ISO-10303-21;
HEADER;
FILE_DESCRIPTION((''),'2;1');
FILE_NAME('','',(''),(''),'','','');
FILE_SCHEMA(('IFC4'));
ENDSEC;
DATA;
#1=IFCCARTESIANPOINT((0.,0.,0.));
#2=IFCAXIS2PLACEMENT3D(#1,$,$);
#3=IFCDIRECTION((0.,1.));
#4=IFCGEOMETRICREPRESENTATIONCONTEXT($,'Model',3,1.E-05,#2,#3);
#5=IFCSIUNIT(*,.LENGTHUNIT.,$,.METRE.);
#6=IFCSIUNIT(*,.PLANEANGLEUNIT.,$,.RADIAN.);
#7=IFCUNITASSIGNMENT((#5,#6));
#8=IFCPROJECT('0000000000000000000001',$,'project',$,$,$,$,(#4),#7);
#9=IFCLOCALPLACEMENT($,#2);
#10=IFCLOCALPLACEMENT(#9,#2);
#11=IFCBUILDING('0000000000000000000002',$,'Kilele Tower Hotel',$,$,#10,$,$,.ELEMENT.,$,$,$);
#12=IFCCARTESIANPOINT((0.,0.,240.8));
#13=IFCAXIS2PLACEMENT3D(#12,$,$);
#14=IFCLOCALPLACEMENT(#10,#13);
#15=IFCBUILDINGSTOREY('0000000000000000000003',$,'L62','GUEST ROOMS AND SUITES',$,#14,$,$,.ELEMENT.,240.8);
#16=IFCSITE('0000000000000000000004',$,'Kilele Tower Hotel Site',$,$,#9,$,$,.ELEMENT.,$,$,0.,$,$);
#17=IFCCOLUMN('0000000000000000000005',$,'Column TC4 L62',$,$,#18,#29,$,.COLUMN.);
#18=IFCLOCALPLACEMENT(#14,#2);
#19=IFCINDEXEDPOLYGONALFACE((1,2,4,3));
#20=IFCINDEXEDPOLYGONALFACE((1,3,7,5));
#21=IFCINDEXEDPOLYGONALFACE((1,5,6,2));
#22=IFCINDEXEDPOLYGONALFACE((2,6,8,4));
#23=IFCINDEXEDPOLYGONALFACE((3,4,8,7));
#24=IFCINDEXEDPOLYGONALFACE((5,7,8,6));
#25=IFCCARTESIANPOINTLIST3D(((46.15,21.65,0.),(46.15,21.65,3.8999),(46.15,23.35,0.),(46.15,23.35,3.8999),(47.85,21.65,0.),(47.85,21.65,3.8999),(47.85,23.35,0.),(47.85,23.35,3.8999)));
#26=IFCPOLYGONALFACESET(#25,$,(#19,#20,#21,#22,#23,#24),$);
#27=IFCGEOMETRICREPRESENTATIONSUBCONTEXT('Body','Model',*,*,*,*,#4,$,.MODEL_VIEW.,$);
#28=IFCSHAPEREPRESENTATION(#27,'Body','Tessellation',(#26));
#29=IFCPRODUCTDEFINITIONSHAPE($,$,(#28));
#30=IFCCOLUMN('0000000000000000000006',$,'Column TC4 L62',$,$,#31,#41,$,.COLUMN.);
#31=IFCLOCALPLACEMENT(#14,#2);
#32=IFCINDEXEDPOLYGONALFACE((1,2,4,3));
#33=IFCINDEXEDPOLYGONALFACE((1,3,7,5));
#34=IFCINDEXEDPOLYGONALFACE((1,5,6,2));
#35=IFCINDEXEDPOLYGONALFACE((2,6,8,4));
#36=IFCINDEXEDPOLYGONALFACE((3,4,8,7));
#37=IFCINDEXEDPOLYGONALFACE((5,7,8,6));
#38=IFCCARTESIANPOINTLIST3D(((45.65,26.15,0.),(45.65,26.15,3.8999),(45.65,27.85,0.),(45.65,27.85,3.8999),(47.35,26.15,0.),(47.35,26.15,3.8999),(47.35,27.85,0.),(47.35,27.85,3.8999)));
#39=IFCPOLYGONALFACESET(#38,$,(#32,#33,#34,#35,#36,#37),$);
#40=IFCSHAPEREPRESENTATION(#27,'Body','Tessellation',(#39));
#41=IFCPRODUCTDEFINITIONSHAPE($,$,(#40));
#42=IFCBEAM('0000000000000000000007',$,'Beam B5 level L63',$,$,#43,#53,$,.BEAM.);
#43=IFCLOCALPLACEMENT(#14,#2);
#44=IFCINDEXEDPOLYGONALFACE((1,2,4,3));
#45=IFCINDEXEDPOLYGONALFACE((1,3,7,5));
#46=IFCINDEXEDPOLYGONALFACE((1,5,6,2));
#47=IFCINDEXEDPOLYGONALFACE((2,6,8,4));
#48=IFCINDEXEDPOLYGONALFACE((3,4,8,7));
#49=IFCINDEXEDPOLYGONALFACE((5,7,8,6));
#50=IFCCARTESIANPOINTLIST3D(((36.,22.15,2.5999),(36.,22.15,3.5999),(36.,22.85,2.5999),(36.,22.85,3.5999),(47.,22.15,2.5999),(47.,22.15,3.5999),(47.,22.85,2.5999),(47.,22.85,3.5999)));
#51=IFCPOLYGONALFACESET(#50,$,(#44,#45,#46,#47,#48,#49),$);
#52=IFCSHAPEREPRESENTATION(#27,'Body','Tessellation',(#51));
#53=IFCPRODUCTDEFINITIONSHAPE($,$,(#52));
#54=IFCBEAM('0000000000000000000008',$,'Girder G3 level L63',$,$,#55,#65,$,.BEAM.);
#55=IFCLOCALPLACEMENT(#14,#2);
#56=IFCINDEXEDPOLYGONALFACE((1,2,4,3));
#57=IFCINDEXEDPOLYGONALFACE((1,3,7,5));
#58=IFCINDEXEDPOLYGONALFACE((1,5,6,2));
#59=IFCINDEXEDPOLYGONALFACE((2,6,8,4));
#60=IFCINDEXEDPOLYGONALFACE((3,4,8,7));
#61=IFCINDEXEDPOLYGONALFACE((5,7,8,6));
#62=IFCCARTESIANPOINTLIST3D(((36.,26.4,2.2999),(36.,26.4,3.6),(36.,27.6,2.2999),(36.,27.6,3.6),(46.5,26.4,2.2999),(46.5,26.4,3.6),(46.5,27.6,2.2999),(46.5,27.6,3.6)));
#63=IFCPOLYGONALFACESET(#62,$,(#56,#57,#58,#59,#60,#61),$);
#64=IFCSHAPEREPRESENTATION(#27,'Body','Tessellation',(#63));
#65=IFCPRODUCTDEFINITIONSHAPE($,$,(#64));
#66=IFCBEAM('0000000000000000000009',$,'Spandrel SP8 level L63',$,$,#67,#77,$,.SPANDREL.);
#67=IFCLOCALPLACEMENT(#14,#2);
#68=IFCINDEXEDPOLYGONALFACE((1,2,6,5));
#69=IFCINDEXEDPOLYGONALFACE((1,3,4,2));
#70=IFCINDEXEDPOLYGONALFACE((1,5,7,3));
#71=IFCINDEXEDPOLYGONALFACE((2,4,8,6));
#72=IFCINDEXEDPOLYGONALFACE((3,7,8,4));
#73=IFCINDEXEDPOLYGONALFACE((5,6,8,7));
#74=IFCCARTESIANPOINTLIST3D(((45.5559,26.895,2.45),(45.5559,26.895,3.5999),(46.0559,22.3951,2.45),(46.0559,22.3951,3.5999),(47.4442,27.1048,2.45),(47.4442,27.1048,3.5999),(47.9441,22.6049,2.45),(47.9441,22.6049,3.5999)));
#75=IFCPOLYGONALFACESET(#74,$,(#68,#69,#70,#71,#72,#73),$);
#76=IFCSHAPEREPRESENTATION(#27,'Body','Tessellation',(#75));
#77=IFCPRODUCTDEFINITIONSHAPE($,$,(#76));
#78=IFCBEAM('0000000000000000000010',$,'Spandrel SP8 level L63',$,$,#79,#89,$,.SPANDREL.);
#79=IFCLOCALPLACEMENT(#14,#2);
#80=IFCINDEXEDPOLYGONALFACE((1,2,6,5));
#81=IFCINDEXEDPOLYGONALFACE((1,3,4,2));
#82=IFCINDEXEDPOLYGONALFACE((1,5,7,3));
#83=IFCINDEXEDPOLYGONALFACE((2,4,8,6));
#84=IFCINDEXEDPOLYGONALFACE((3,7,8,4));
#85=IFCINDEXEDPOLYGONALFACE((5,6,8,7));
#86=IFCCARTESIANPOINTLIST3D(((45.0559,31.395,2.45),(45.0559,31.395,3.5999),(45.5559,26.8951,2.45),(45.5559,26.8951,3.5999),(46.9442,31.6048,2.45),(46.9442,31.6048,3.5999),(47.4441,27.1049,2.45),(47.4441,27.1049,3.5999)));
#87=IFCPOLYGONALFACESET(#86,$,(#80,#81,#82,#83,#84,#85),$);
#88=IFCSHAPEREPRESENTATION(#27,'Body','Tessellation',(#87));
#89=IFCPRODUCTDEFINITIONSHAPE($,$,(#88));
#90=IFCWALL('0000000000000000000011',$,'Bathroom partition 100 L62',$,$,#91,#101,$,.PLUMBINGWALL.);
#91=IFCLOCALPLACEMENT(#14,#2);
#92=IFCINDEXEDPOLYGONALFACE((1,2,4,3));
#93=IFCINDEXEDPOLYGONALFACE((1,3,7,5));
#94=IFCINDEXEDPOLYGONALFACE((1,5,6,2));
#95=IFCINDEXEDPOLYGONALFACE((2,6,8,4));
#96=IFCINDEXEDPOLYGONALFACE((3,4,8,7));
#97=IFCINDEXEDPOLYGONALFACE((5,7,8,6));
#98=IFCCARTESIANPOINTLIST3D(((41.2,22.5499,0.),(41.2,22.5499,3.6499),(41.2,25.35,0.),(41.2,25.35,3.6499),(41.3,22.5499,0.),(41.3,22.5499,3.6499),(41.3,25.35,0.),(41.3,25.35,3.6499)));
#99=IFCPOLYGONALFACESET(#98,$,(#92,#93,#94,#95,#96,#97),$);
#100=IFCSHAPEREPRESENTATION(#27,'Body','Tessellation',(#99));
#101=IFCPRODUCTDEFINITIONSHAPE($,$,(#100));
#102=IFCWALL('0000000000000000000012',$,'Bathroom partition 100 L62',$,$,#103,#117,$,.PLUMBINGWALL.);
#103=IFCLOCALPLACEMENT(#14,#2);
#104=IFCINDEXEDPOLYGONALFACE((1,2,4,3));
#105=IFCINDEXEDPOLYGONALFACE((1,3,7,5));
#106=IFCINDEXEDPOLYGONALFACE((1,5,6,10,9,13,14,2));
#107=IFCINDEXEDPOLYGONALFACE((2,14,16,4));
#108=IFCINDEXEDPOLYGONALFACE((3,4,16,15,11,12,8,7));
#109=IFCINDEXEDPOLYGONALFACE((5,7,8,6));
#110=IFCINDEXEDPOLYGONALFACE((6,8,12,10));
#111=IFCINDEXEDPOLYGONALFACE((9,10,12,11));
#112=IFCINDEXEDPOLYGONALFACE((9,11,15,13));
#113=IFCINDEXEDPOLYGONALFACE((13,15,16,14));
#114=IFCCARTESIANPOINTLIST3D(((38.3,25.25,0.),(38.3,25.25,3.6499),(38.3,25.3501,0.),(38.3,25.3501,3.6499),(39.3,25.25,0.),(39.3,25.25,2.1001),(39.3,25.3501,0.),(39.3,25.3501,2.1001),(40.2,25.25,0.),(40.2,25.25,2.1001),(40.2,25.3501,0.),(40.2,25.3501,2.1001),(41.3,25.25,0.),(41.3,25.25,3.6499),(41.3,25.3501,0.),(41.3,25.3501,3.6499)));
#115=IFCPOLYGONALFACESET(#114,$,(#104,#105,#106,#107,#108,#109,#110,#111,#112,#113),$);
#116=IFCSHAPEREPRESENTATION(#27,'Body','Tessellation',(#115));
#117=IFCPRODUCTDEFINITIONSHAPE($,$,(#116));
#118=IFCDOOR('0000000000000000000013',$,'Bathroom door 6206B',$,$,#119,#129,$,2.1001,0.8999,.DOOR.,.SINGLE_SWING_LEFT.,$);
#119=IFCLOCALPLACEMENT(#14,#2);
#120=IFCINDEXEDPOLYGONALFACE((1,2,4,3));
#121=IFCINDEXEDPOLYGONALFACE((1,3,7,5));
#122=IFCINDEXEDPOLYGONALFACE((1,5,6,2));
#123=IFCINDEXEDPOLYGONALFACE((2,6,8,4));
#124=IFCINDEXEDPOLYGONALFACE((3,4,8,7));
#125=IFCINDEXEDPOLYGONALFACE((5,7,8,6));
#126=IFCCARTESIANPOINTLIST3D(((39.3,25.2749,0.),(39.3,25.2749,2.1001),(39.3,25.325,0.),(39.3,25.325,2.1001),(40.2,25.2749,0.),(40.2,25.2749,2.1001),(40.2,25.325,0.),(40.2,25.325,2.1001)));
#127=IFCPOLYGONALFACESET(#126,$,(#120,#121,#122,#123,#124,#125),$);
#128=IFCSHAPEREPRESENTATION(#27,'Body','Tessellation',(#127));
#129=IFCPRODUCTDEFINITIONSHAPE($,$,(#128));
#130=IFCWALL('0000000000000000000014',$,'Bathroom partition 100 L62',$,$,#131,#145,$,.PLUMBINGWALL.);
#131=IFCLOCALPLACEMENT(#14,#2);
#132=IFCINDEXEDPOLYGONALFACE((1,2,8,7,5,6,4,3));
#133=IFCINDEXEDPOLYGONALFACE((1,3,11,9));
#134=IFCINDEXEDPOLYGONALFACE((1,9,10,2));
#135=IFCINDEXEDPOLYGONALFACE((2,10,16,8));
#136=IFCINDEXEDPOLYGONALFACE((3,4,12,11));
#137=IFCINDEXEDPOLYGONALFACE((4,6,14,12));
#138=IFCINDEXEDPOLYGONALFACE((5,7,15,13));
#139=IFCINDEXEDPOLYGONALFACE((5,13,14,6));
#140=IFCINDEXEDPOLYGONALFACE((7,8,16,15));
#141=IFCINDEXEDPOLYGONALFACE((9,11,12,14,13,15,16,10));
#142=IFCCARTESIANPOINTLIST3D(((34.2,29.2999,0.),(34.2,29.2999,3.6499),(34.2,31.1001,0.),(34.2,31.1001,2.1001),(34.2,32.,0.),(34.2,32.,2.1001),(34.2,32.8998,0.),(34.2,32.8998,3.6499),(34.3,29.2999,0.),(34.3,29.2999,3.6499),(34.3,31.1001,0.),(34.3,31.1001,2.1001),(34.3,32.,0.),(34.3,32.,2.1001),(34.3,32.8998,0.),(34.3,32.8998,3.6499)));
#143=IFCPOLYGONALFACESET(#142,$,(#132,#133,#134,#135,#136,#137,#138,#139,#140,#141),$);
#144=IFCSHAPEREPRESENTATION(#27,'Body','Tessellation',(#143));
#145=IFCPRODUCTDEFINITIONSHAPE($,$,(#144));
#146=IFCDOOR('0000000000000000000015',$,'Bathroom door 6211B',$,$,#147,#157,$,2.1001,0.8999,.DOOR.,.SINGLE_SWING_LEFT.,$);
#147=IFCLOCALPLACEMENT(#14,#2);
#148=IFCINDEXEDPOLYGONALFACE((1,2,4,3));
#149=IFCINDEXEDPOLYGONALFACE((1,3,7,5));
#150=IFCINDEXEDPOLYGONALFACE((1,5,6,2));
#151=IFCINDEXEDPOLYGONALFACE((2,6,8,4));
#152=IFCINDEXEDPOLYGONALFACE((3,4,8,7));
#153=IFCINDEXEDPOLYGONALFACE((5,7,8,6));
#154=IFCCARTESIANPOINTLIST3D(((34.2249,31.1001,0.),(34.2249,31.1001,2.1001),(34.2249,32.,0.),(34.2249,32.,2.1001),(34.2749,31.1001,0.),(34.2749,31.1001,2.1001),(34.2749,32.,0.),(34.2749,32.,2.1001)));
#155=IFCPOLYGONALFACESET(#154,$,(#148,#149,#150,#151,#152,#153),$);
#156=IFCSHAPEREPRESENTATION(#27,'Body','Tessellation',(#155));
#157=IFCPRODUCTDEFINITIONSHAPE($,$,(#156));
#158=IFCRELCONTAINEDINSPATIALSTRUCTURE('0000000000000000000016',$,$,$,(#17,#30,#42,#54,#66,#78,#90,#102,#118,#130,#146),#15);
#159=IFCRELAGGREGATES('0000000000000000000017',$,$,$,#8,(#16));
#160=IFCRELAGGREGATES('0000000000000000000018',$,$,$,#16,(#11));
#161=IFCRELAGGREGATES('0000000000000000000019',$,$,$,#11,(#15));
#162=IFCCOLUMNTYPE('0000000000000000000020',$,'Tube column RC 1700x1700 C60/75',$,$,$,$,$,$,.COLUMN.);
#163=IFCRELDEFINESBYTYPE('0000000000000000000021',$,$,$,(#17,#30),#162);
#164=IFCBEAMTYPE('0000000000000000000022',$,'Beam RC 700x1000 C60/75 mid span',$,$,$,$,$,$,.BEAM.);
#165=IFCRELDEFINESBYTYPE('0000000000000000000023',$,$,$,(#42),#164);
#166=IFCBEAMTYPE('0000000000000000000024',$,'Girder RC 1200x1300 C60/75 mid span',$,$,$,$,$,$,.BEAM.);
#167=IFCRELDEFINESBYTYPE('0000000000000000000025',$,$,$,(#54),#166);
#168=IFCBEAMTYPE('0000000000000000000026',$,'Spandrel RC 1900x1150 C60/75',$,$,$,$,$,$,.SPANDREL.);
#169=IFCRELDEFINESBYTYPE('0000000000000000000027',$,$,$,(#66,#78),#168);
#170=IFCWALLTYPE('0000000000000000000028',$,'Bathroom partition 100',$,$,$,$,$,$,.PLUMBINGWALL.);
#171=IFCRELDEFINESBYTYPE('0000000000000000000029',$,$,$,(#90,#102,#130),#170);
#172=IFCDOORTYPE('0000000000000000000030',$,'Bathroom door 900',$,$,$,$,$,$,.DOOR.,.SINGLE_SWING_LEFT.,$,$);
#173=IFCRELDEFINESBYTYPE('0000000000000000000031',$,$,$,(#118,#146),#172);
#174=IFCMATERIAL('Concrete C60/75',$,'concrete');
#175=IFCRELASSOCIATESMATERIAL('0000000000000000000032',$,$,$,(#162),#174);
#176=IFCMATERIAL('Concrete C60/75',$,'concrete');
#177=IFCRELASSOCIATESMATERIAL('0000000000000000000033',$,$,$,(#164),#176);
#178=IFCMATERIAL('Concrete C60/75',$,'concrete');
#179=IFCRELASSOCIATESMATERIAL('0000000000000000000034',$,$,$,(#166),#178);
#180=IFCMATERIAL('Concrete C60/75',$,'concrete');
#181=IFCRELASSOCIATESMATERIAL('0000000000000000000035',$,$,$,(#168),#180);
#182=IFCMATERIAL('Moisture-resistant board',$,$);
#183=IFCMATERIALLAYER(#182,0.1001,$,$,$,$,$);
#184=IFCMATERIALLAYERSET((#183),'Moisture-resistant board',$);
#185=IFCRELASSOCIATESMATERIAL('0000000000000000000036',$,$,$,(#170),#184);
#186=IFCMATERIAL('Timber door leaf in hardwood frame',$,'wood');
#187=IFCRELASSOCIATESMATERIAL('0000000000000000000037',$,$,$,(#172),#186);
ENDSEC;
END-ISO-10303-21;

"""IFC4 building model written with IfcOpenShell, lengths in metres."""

from ifc_helpers import new_model, si_unit, direction, frame, frame_2d, origin, origin_2d, place, context, subcontext, project, spatial, rectangle, extrude, material, layer, layer_set, material_profile, profile_set, type_object, element, fill, save


model = new_model("IFC4")

# Units and contexts
model_context = context("Model", 3, precision=1e-05, world=origin(), true_north=direction((0.0, 1.0)))
body_context = subcontext(model_context, "Body", "Model", "MODEL_VIEW")
ifc_project = project(units=[si_unit("LENGTHUNIT", "METRE"), si_unit("PLANEANGLEUNIT", "RADIAN")], contexts=[model_context])

# Site, building, storey
site_placement = place(None, origin())
site = spatial("IfcSite", under=ifc_project, at=site_placement, Name="Kilele Tower Hotel Site", CompositionType="ELEMENT", RefElevation=0.0)
building_placement = place(site_placement, origin())
building = spatial("IfcBuilding", under=site, at=building_placement, Name="Kilele Tower Hotel", CompositionType="ELEMENT")
storey_placement = place(building_placement, frame((0.0, 0.0, 240.8)))
storey = spatial("IfcBuildingStorey", under=building, at=storey_placement, Name="L62", Description="GUEST ROOMS AND SUITES", CompositionType="ELEMENT", Elevation=240.8)

# Columns
ifc_material_1 = material(Name="Concrete C60/75", Category="concrete")
ifc_material_profile_1 = material_profile(ifc_material_1, rectangle(XDim=1.7, YDim=1.7, at=origin_2d()))
ifc_profile_set_1 = profile_set([ifc_material_profile_1], Name="Concrete C60/75")
column_type = type_object("IfcColumnType", Name="Tube column RC 1700x1700 C60/75", PredefinedType="COLUMN", material=ifc_profile_set_1)
for number, where, z_axis, x_axis, name in (
    (1, (47.0, 22.5, 0.0), (0.0, 0.0, 1.0), (1.0, 0.0, 0.0), "Column TC4 L62"),
    (2, (46.5, 27.0, 0.0), (0.0, 0.0, 1.0), (1.0, 0.0, 0.0), "Column TC4 L62"),
):
    element("IfcColumn", number, at=place(storey_placement, frame(where, z_axis=z_axis, x_axis=x_axis)), inside=storey, type_object=column_type, Name=name, PredefinedType="COLUMN", context=body_context, shape_type="SweptSolid", body=[
        extrude(rectangle(XDim=1.7, YDim=1.7, at=origin_2d()), origin(), (0.0, 0.0, 1.0), 3.8999),
    ])

# Beams
ifc_material_2 = material(Name="Concrete C60/75", Category="concrete")
ifc_material_profile_2 = material_profile(ifc_material_2, rectangle(XDim=0.7, YDim=1.0, at=origin_2d()))
ifc_profile_set_2 = profile_set([ifc_material_profile_2], Name="Concrete C60/75")
beam_type_1 = type_object("IfcBeamType", Name="Beam RC 700x1000 C60/75 mid span", PredefinedType="BEAM", material=ifc_profile_set_2)
beam_1_placement = place(storey_placement, frame((47.0, 22.5, 3.0999), z_axis=(-1.0, 0.0, 0.0), x_axis=(0.0, -1.0, 0.0)))
element("IfcBeam", 3, at=beam_1_placement, inside=storey, type_object=beam_type_1, Name="Beam B5 level L63", PredefinedType="BEAM", context=body_context, shape_type="SweptSolid", body=[
    extrude(rectangle(XDim=0.7, YDim=1.0, at=origin_2d()), origin(), (0.0, 0.0, 1.0), 11.0),
])
ifc_material_3 = material(Name="Concrete C60/75", Category="concrete")
ifc_material_profile_3 = material_profile(ifc_material_3, rectangle(XDim=1.2, YDim=1.3, at=origin_2d()))
ifc_profile_set_3 = profile_set([ifc_material_profile_3], Name="Concrete C60/75")
beam_type_2 = type_object("IfcBeamType", Name="Girder RC 1200x1300 C60/75 mid span", PredefinedType="BEAM", material=ifc_profile_set_3)
beam_2_placement = place(storey_placement, frame((46.5, 27.0, 2.95), z_axis=(-1.0, 0.0, 0.0), x_axis=(0.0, -1.0, 0.0)))
element("IfcBeam", 4, at=beam_2_placement, inside=storey, type_object=beam_type_2, Name="Girder G3 level L63", PredefinedType="BEAM", context=body_context, shape_type="SweptSolid", body=[
    extrude(rectangle(XDim=1.2, YDim=1.3, at=origin_2d()), origin(), (0.0, 0.0, 1.0), 10.5),
])
ifc_material_4 = material(Name="Concrete C60/75", Category="concrete")
ifc_material_profile_4 = material_profile(ifc_material_4, rectangle(XDim=1.8999, YDim=1.1499, at=origin_2d()))
ifc_profile_set_4 = profile_set([ifc_material_profile_4], Name="Concrete C60/75")
beam_type_3 = type_object("IfcBeamType", Name="Spandrel RC 1900x1150 C60/75", PredefinedType="SPANDREL", material=ifc_profile_set_4)
for number, where, z_axis, x_axis, name in (
    (5, (47.0, 22.5, 3.0249), (-0.110432, 0.993884, 0.0), (-0.993884, -0.110432, 0.0), "Spandrel SP8 level L63"),
    (6, (46.5, 27.0, 3.0249), (-0.110432, 0.993884, 0.0), (-0.993884, -0.110432, 0.0), "Spandrel SP8 level L63"),
):
    element("IfcBeam", number, at=place(storey_placement, frame(where, z_axis=z_axis, x_axis=x_axis)), inside=storey, type_object=beam_type_3, Name=name, PredefinedType="SPANDREL", context=body_context, shape_type="SweptSolid", body=[
        extrude(rectangle(XDim=1.8999, YDim=1.1499, at=origin_2d()), origin(), (0.0, 0.0, 1.0), 4.5276),
    ])

# Wall
ifc_material_5 = material(Name="Moisture-resistant board")
ifc_layer_1 = layer(ifc_material_5, 0.1001)
ifc_layer_set_1 = layer_set([ifc_layer_1], Name="Moisture-resistant board")
wall_type_1 = type_object("IfcWallType", Name="Bathroom partition 100", PredefinedType="PLUMBINGWALL", material=ifc_layer_set_1)
wall_1_placement = place(storey_placement, frame((41.25, 22.55, 0.0), z_axis=(0.0, 0.0, 1.0), x_axis=(0.0, 1.0, 0.0)))
element("IfcWall", 7, at=wall_1_placement, inside=storey, type_object=wall_type_1, Name="Bathroom partition 100 L62", PredefinedType="PLUMBINGWALL", context=body_context, shape_type="SweptSolid", body=[
    extrude(rectangle(XDim=2.8, YDim=0.1001, at=frame_2d((1.3999, 0.0))), origin(), (0.0, 0.0, 1.0), 3.6499),
])

# Walls, openings, doors
wall_2_placement = place(storey_placement, frame((38.3, 25.3, 0.0), z_axis=(0.0, 0.0, 1.0), x_axis=(1.0, 0.0, 0.0)))
wall_2 = element("IfcWall", 8, at=wall_2_placement, inside=storey, type_object=wall_type_1, Name="Bathroom partition 100 L62", PredefinedType="PLUMBINGWALL", context=body_context, shape_type="SweptSolid", body=[
    extrude(rectangle(XDim=3.0, YDim=0.1001, at=frame_2d((1.5, 0.0))), origin(), (0.0, 0.0, 1.0), 3.6499),
])
opening_1_placement = place(wall_2_placement, frame((1.0, 0.0, 0.0)))
opening_1 = element("IfcOpeningElement", 9, at=opening_1_placement, cuts=wall_2, PredefinedType="OPENING", context=body_context, shape_type="SweptSolid", body=[
    extrude(rectangle(XDim=0.8999, YDim=2.1001, at=frame_2d((0.45, 1.05))), frame((0.0, 0.0601, 0.0), z_axis=(0.0, -1.0, 0.0), x_axis=(1.0, 0.0, 0.0)), (0.0, 0.0, 1.0), 0.1201),
])
ifc_material_6 = material(Name="Timber door leaf in hardwood frame", Category="wood")
door_type_1 = type_object("IfcDoorType", Name="Bathroom door 900", OperationType="SINGLE_SWING_LEFT", PredefinedType="DOOR", material=ifc_material_6)
door_1_placement = place(opening_1_placement, origin())
door_1 = element("IfcDoor", 10, at=door_1_placement, inside=storey, type_object=door_type_1, Name="Bathroom door 6206B", OperationType="SINGLE_SWING_LEFT", OverallHeight=2.1001, OverallWidth=0.8999, PredefinedType="DOOR", context=body_context, shape_type="SweptSolid", body=[
    extrude(rectangle(XDim=0.8999, YDim=2.1001, at=frame_2d((0.45, 1.05))), frame((0.0, 0.0249, 0.0), z_axis=(0.0, -1.0, 0.0), x_axis=(1.0, 0.0, 0.0)), (0.0, 0.0, 1.0), 0.05),
])
fill(opening_1, door_1)
wall_3_placement = place(storey_placement, frame((34.25, 29.3, 0.0), z_axis=(0.0, 0.0, 1.0), x_axis=(0.0, 1.0, 0.0)))
wall_3 = element("IfcWall", 11, at=wall_3_placement, inside=storey, type_object=wall_type_1, Name="Bathroom partition 100 L62", PredefinedType="PLUMBINGWALL", context=body_context, shape_type="SweptSolid", body=[
    extrude(rectangle(XDim=3.5999, YDim=0.1001, at=frame_2d((1.7998, 0.0))), origin(), (0.0, 0.0, 1.0), 3.6499),
])
opening_2_placement = place(wall_3_placement, frame((2.7, 0.0, 0.0), z_axis=(0.0, 0.0, 1.0), x_axis=(-1.0, 0.0, 0.0)))
opening_2 = element("IfcOpeningElement", 12, at=opening_2_placement, cuts=wall_3, PredefinedType="OPENING", context=body_context, shape_type="SweptSolid", body=[
    extrude(rectangle(XDim=0.8999, YDim=2.1001, at=frame_2d((0.45, 1.05))), frame((0.0, 0.0601, 0.0), z_axis=(0.0, -1.0, 0.0), x_axis=(1.0, 0.0, 0.0)), (0.0, 0.0, 1.0), 0.1201),
])
door_2_placement = place(opening_2_placement, origin())
door_2 = element("IfcDoor", 13, at=door_2_placement, inside=storey, type_object=door_type_1, Name="Bathroom door 6211B", OperationType="SINGLE_SWING_LEFT", OverallHeight=2.1001, OverallWidth=0.8999, PredefinedType="DOOR", context=body_context, shape_type="SweptSolid", body=[
    extrude(rectangle(XDim=0.8999, YDim=2.1001, at=frame_2d((0.45, 1.05))), frame((0.0, 0.0249, 0.0), z_axis=(0.0, -1.0, 0.0), x_axis=(1.0, 0.0, 0.0)), (0.0, 0.0, 1.0), 0.05),
])
fill(opening_2, door_2)

save(model, "model.ifc")
